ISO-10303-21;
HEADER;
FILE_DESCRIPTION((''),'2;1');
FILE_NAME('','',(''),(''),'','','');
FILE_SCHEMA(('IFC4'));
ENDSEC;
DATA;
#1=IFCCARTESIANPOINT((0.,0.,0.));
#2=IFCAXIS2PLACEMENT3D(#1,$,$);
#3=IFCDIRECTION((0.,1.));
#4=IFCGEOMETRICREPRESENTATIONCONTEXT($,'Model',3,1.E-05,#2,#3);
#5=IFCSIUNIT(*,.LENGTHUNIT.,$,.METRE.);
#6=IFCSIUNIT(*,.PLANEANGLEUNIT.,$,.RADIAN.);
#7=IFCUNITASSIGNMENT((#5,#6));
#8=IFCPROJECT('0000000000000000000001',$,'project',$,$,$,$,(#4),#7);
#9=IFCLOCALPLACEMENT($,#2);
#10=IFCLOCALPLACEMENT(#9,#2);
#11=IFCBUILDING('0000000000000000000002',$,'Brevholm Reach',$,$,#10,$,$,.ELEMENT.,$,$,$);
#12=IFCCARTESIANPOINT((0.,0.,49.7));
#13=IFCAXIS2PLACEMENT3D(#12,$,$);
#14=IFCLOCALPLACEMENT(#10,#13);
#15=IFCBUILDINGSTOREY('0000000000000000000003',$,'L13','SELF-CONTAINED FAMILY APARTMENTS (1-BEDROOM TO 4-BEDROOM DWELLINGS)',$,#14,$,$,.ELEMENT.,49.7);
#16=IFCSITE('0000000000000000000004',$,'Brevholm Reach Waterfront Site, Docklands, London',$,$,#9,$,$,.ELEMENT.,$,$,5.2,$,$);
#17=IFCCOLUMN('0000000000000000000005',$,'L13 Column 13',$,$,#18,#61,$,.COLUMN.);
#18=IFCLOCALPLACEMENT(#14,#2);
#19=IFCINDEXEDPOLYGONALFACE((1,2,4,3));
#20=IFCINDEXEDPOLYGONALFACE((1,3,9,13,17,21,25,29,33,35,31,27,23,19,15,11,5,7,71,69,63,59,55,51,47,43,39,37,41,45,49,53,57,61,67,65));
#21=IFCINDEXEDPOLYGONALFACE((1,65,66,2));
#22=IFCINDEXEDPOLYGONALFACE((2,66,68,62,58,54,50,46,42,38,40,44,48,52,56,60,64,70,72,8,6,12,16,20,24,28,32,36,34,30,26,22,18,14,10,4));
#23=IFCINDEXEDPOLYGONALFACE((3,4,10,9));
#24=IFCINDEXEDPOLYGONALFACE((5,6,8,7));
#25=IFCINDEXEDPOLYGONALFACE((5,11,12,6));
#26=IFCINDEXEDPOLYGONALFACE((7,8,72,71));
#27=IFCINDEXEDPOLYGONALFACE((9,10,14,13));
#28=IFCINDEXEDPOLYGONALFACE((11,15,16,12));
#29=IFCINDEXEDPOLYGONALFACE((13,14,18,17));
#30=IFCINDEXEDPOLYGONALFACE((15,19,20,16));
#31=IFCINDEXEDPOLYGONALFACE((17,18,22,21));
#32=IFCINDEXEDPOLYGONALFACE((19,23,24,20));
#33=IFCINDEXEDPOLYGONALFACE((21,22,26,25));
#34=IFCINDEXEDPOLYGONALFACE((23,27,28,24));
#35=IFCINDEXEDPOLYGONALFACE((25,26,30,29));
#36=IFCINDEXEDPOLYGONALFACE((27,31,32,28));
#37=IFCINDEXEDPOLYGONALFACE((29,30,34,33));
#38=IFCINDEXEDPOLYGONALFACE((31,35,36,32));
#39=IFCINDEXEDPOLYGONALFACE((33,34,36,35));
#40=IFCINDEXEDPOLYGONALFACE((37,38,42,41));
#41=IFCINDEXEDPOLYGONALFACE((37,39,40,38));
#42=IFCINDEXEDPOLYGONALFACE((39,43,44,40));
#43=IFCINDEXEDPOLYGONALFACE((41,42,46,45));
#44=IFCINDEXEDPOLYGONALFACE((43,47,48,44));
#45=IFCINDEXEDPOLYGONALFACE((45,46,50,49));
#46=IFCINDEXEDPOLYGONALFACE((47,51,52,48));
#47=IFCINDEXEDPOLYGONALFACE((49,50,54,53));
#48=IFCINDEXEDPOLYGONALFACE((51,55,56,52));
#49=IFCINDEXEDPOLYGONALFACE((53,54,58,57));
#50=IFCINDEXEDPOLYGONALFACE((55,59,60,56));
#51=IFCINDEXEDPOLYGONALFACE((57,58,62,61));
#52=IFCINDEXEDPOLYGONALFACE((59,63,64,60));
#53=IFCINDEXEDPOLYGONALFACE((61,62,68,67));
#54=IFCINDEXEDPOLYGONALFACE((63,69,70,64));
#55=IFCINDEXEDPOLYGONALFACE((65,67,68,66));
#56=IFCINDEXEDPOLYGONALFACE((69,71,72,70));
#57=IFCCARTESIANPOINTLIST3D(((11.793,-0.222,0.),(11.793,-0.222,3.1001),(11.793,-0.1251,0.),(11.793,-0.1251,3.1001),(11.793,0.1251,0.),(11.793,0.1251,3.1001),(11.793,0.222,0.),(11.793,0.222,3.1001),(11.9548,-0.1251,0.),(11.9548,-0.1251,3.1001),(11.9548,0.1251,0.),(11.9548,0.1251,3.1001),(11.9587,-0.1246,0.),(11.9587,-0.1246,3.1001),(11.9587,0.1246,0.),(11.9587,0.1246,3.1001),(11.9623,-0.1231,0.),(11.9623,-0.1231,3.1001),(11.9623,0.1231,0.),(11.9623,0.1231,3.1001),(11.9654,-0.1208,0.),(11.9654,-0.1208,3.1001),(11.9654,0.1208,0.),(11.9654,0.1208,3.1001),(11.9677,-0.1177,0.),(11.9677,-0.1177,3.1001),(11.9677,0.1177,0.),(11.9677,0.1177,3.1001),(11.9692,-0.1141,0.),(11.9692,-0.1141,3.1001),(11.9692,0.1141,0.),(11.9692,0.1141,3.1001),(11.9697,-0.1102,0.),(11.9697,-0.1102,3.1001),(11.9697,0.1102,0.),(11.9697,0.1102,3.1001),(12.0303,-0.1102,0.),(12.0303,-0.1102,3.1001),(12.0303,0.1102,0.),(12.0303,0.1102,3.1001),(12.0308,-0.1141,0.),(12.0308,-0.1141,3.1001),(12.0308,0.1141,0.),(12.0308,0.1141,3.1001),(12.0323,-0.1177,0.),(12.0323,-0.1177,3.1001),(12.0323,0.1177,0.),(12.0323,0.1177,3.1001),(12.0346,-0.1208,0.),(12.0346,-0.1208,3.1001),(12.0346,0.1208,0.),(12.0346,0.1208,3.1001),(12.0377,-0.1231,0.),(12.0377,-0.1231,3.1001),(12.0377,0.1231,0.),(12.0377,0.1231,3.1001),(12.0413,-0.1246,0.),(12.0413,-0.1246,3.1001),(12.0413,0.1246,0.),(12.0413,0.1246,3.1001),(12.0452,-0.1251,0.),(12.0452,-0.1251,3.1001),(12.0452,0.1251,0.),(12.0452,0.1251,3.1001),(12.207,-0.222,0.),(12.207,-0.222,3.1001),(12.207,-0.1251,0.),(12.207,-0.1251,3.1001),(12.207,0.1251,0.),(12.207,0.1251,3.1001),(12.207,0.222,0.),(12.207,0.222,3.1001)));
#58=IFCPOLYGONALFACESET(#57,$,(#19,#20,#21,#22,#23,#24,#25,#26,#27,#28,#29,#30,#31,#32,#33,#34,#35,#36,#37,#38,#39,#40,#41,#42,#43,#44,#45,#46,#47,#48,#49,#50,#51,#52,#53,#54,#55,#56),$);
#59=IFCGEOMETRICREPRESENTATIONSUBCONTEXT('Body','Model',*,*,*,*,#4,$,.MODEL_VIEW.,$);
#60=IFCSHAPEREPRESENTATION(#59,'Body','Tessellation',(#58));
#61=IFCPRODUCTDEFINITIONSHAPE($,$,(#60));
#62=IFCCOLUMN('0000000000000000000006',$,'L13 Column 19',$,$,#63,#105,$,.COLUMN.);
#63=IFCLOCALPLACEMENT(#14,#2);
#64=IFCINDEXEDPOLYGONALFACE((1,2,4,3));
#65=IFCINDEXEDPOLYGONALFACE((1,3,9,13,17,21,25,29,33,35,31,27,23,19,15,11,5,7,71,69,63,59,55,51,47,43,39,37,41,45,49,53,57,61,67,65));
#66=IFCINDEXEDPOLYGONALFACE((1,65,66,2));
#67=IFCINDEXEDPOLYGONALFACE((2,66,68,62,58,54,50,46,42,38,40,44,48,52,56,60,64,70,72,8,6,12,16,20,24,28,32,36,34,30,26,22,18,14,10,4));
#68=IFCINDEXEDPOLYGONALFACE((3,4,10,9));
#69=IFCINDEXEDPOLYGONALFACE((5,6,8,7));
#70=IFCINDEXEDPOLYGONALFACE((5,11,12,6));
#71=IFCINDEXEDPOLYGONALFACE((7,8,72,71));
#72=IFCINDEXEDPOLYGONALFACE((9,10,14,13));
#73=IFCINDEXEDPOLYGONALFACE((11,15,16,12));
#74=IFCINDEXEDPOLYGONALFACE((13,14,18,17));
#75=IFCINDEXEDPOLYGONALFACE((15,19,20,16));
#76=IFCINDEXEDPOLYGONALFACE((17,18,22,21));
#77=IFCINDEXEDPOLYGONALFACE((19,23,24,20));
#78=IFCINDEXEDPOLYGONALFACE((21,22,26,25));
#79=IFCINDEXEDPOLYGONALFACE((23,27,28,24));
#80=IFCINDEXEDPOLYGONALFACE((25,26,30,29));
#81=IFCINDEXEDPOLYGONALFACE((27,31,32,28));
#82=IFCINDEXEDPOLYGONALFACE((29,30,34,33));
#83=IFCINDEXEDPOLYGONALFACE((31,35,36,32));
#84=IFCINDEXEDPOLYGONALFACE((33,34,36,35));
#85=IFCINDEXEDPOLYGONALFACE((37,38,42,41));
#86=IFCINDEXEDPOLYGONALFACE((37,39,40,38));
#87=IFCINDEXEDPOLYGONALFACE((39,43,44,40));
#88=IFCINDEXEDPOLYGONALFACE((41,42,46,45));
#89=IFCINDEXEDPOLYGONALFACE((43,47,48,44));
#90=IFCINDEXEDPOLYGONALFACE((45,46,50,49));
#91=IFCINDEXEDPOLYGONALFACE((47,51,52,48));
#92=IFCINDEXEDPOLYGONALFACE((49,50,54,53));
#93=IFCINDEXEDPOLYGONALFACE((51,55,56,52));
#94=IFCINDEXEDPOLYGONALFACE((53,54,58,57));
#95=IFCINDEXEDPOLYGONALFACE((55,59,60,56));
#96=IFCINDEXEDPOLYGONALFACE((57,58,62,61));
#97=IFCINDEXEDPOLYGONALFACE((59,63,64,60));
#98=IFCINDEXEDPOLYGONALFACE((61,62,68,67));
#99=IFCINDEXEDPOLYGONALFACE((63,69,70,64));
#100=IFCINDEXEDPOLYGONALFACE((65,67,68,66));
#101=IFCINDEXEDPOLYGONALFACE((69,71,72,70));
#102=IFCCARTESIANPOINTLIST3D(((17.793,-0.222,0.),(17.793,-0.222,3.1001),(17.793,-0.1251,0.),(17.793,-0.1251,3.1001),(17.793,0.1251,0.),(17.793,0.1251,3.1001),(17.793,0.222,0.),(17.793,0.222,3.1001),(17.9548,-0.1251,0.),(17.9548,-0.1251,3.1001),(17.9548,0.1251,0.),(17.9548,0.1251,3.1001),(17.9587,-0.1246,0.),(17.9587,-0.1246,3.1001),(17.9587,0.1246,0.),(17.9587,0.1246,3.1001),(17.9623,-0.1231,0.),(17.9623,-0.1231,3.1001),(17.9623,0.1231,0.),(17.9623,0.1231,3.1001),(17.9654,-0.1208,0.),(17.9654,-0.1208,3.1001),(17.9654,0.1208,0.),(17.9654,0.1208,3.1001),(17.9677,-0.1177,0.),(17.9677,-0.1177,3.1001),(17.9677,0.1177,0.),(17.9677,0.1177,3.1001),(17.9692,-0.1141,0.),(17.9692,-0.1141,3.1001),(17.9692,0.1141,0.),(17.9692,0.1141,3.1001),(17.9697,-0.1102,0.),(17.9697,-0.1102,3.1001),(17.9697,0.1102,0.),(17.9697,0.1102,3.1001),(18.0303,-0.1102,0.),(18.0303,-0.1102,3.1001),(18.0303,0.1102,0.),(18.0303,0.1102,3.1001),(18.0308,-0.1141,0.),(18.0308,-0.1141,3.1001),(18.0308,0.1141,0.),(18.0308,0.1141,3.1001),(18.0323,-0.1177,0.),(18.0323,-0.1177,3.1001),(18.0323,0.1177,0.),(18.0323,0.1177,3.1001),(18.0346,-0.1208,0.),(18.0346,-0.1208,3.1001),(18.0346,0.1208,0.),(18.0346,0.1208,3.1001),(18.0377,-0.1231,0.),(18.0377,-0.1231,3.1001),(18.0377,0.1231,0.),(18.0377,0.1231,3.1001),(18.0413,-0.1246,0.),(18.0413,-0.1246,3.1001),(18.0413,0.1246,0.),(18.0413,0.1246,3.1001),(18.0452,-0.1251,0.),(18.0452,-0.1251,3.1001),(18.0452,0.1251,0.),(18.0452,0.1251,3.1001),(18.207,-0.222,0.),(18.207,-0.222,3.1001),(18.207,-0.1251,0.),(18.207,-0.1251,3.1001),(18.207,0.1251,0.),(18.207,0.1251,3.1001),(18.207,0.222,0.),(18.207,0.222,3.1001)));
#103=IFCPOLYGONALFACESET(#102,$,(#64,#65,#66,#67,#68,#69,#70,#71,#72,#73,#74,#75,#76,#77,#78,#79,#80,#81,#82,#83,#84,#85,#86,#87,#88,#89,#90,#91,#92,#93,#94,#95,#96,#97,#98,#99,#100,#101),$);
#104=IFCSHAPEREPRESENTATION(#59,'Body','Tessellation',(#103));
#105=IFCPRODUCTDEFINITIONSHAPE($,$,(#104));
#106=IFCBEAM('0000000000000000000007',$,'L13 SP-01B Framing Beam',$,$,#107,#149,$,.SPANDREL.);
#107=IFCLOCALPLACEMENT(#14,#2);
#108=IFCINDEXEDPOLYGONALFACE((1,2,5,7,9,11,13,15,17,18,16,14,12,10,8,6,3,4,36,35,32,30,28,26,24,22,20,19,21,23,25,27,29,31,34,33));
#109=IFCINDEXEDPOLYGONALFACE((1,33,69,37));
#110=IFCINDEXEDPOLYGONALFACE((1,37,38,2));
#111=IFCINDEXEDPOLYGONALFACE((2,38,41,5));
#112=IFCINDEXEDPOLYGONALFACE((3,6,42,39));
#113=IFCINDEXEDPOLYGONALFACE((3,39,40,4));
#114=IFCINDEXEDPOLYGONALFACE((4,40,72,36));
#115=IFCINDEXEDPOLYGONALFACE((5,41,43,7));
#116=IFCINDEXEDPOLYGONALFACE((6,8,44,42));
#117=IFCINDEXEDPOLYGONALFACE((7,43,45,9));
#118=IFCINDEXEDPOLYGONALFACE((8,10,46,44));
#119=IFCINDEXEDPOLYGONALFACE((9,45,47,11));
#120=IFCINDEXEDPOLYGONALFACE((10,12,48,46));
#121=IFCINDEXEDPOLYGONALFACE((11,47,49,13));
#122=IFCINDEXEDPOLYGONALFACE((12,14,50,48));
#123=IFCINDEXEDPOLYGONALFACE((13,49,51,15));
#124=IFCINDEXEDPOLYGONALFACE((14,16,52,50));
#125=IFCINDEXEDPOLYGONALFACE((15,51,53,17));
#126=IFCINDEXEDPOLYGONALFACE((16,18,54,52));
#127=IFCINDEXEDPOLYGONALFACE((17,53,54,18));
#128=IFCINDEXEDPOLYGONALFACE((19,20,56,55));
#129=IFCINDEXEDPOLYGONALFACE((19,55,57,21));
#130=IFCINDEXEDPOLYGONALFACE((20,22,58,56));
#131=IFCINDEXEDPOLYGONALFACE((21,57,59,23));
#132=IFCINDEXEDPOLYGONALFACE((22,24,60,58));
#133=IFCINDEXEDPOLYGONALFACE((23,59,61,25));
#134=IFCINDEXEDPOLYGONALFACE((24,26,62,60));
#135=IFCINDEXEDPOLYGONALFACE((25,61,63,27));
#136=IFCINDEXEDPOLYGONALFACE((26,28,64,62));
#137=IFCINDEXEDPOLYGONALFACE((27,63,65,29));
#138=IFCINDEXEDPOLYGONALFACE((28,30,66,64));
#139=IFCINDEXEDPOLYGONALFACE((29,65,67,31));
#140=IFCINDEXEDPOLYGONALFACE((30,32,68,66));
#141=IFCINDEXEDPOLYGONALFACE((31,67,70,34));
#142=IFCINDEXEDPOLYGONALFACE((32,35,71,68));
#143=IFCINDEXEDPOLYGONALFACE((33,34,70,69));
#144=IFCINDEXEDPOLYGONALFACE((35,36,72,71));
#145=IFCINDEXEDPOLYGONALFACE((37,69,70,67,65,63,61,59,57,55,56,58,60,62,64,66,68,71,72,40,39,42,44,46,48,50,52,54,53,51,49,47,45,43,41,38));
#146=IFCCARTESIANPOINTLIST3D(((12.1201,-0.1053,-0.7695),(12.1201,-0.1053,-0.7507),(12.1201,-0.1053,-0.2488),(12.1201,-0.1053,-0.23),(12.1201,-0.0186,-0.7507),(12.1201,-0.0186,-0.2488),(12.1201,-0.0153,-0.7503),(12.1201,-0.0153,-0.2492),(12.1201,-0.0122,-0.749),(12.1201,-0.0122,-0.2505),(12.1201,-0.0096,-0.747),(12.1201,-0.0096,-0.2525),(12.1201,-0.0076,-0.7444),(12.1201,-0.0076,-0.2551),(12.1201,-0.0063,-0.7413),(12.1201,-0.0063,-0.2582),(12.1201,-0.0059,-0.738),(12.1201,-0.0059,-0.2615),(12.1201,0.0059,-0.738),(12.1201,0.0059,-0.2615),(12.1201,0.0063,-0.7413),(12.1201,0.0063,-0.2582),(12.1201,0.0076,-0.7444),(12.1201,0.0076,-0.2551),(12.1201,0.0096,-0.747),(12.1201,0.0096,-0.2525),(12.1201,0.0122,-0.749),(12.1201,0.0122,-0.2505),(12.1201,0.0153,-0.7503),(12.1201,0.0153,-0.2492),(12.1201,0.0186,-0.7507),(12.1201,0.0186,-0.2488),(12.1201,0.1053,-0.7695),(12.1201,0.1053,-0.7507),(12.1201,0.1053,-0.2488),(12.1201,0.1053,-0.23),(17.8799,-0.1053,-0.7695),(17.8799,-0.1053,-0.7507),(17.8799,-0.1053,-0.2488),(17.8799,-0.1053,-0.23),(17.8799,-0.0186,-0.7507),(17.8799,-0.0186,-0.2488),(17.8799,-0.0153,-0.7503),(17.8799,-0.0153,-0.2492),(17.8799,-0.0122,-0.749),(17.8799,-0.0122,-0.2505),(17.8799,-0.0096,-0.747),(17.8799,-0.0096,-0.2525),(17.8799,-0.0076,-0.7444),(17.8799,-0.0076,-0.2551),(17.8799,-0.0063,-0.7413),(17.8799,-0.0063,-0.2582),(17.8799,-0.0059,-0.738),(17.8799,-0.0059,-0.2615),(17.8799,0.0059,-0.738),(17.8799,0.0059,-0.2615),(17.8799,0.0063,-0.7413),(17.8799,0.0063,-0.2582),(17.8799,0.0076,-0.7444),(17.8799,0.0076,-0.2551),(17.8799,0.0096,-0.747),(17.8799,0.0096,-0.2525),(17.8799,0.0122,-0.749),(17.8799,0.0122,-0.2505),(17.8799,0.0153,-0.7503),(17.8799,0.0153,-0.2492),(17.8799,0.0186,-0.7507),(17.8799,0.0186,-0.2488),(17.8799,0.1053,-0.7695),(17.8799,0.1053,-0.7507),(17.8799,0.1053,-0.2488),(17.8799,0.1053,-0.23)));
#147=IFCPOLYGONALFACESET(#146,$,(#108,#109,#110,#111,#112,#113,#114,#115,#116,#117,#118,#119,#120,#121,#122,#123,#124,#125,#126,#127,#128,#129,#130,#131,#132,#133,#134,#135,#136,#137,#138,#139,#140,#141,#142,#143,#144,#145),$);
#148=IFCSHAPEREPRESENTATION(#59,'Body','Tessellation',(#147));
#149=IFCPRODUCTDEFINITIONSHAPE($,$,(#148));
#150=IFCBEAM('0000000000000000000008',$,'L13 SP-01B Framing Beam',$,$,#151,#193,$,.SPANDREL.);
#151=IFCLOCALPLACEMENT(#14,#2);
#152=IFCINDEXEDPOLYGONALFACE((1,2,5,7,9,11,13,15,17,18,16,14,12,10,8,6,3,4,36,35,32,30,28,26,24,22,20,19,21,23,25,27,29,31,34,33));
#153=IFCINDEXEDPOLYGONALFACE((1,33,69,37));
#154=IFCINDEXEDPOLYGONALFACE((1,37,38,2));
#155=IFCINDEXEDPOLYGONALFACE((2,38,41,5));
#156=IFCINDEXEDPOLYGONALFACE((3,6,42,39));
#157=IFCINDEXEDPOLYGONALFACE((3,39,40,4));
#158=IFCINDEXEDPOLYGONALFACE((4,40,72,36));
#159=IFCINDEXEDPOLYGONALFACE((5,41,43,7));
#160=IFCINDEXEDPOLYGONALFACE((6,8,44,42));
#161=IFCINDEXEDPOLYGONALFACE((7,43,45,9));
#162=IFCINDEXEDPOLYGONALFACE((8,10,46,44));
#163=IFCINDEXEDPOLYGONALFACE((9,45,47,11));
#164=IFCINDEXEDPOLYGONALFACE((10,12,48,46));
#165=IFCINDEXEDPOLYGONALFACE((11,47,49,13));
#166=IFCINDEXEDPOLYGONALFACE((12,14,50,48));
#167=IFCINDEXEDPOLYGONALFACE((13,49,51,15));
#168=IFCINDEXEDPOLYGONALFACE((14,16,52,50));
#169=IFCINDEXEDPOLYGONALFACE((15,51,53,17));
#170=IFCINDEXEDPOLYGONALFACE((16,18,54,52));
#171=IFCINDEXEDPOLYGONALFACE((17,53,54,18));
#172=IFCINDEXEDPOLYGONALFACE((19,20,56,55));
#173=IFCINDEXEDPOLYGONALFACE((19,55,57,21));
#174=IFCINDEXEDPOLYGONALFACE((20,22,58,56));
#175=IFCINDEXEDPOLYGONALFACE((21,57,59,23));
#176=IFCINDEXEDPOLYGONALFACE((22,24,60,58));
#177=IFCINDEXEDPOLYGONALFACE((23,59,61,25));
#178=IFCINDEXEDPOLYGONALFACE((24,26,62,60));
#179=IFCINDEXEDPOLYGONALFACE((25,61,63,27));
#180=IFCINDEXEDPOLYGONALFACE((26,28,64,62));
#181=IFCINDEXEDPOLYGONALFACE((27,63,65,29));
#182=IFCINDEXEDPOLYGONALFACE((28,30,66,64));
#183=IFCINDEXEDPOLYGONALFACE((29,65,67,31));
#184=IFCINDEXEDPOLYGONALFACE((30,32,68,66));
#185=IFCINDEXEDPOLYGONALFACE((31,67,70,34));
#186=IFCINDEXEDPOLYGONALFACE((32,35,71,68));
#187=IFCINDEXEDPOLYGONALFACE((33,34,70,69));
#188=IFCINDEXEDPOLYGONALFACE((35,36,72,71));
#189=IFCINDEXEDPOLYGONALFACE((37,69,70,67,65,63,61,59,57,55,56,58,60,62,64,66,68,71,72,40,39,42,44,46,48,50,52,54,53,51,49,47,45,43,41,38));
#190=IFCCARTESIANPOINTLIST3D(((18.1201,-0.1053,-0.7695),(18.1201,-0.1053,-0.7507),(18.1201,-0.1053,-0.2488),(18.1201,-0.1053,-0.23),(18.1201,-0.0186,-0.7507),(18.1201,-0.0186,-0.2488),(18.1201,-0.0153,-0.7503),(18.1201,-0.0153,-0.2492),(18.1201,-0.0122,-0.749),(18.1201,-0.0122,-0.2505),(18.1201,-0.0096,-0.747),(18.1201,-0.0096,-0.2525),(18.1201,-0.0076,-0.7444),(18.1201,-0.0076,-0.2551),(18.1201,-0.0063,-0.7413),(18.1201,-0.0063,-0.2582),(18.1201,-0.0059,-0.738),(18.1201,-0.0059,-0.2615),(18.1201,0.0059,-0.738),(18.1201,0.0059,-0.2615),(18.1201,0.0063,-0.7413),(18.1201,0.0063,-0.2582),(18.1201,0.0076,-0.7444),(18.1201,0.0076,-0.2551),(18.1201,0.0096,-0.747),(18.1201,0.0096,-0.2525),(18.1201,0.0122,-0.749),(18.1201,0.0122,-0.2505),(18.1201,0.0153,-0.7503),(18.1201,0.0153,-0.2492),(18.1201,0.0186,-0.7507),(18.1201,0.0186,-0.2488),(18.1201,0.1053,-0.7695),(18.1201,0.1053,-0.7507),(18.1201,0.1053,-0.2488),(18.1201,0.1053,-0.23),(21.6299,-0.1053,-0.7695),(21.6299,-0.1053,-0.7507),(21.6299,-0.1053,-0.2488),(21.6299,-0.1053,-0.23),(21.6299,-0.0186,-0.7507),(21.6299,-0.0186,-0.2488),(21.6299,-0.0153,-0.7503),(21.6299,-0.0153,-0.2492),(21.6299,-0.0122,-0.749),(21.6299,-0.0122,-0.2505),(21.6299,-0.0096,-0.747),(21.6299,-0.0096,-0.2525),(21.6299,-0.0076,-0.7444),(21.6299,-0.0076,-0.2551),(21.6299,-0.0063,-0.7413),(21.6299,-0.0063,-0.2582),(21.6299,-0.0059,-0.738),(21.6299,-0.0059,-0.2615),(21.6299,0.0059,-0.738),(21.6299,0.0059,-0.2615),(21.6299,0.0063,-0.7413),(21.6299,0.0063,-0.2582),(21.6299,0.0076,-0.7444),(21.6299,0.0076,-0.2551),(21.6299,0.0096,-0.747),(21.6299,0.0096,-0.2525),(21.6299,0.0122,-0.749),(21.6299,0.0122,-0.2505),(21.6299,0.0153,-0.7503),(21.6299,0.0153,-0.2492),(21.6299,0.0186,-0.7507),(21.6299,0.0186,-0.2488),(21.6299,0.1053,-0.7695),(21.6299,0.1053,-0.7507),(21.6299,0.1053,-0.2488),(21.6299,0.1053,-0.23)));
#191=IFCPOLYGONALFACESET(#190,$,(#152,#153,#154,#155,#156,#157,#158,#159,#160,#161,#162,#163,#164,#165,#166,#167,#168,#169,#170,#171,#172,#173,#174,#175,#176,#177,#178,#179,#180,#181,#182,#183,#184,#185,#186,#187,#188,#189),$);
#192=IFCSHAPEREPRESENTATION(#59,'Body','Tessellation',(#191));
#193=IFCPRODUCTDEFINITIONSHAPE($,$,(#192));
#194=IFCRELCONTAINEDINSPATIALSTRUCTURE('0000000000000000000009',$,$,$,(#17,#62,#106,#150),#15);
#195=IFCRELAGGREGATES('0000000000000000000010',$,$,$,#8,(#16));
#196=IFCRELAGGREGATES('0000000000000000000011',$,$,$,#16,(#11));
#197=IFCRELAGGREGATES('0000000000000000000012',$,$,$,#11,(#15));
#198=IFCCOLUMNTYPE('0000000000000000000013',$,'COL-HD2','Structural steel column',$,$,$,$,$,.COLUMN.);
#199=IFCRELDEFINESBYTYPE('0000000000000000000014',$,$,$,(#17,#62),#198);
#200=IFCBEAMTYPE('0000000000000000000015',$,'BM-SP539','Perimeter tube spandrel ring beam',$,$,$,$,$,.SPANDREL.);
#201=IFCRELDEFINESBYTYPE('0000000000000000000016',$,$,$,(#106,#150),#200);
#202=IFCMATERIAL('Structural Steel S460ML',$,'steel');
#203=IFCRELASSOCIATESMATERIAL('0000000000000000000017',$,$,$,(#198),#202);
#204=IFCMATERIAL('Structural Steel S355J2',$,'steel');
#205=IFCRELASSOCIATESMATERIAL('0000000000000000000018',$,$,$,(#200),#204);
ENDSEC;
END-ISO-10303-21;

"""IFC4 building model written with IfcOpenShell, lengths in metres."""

from ifc_helpers import new_model, si_unit, direction, frame, origin, origin_2d, place, context, subcontext, project, spatial, i_section, extrude, material, material_profile, profile_set, type_object, element, save


model = new_model("IFC4")

# Units and contexts
model_context = context("Model", 3, precision=1e-05, world=origin(), true_north=direction((0.0, 1.0)))
body_context = subcontext(model_context, "Body", "Model", "MODEL_VIEW")
ifc_project = project(units=[si_unit("LENGTHUNIT", "METRE"), si_unit("PLANEANGLEUNIT", "RADIAN")], contexts=[model_context])

# Site, building, storey
site_placement = place(None, origin())
site = spatial("IfcSite", under=ifc_project, at=site_placement, Name="Brevholm Reach Waterfront Site, Docklands, London", CompositionType="ELEMENT", RefElevation=5.2)
building_placement = place(site_placement, origin())
building = spatial("IfcBuilding", under=site, at=building_placement, Name="Brevholm Reach", CompositionType="ELEMENT")
storey_placement = place(building_placement, frame((0.0, 0.0, 49.7)))
storey = spatial("IfcBuildingStorey", under=building, at=storey_placement, Name="L13", Description="SELF-CONTAINED FAMILY APARTMENTS (1-BEDROOM TO 4-BEDROOM DWELLINGS)", CompositionType="ELEMENT", Elevation=49.7)

# Columns
ifc_material_1 = material(Name="Structural Steel S460ML", Category="steel")
ifc_material_profile_1 = material_profile(ifc_material_1, i_section(OverallWidth=0.4141, OverallDepth=0.4441, WebThickness=0.0605, FlangeThickness=0.0969, FilletRadius=0.0149, at=origin_2d()), Name="HD 400x818")
ifc_profile_set_1 = profile_set([ifc_material_profile_1], Name="Structural Steel S460ML")
column_type = type_object("IfcColumnType", Name="COL-HD2", Description="Structural steel column", PredefinedType="COLUMN", material=ifc_profile_set_1)
for number, where, z_axis, x_axis, name in (
    (1, (12.0, 0.0, 0.0), (0.0, 0.0, 1.0), (1.0, 0.0, 0.0), "L13 Column 13"),
    (2, (18.0, 0.0, 0.0), (0.0, 0.0, 1.0), (1.0, 0.0, 0.0), "L13 Column 19"),
):
    element("IfcColumn", number, at=place(storey_placement, frame(where, z_axis=z_axis, x_axis=x_axis)), inside=storey, type_object=column_type, Name=name, PredefinedType="COLUMN", context=body_context, shape_type="SweptSolid", body=[
        extrude(i_section(OverallWidth=0.4141, OverallDepth=0.4441, WebThickness=0.0605, FlangeThickness=0.0969, FilletRadius=0.0149, at=origin_2d()), origin(), (0.0, 0.0, 1.0), 3.1001),
    ])

# Beams
ifc_material_2 = material(Name="Structural Steel S355J2", Category="steel")
ifc_material_profile_2 = material_profile(ifc_material_2, i_section(OverallWidth=0.2107, OverallDepth=0.5396, WebThickness=0.0117, FlangeThickness=0.0188, FilletRadius=0.0127, at=origin_2d()), Name="UKB 533x210x109")
ifc_profile_set_2 = profile_set([ifc_material_profile_2], Name="Structural Steel S355J2")
beam_type_1 = type_object("IfcBeamType", Name="BM-SP539", Description="Perimeter tube spandrel ring beam", PredefinedType="SPANDREL", material=ifc_profile_set_2)
beam_1_placement = place(storey_placement, frame((12.1201, 0.0, -0.4998), z_axis=(1.0, 0.0, 0.0), x_axis=(0.0, 1.0, 0.0)))
element("IfcBeam", 3, at=beam_1_placement, inside=storey, type_object=beam_type_1, Name="L13 SP-01B Framing Beam", PredefinedType="SPANDREL", context=body_context, shape_type="SweptSolid", body=[
    extrude(i_section(OverallWidth=0.2107, OverallDepth=0.5396, WebThickness=0.0117, FlangeThickness=0.0188, FilletRadius=0.0127, at=origin_2d()), origin(), (0.0, 0.0, 1.0), 5.7598),
])
beam_2_placement = place(storey_placement, frame((18.1201, 0.0, -0.4998), z_axis=(1.0, 0.0, 0.0), x_axis=(0.0, 1.0, 0.0)))
element("IfcBeam", 4, at=beam_2_placement, inside=storey, type_object=beam_type_1, Name="L13 SP-01B Framing Beam", PredefinedType="SPANDREL", context=body_context, shape_type="SweptSolid", body=[
    extrude(i_section(OverallWidth=0.2107, OverallDepth=0.5396, WebThickness=0.0117, FlangeThickness=0.0188, FilletRadius=0.0127, at=origin_2d()), origin(), (0.0, 0.0, 1.0), 3.5098),
])

save(model, "model.ifc")
